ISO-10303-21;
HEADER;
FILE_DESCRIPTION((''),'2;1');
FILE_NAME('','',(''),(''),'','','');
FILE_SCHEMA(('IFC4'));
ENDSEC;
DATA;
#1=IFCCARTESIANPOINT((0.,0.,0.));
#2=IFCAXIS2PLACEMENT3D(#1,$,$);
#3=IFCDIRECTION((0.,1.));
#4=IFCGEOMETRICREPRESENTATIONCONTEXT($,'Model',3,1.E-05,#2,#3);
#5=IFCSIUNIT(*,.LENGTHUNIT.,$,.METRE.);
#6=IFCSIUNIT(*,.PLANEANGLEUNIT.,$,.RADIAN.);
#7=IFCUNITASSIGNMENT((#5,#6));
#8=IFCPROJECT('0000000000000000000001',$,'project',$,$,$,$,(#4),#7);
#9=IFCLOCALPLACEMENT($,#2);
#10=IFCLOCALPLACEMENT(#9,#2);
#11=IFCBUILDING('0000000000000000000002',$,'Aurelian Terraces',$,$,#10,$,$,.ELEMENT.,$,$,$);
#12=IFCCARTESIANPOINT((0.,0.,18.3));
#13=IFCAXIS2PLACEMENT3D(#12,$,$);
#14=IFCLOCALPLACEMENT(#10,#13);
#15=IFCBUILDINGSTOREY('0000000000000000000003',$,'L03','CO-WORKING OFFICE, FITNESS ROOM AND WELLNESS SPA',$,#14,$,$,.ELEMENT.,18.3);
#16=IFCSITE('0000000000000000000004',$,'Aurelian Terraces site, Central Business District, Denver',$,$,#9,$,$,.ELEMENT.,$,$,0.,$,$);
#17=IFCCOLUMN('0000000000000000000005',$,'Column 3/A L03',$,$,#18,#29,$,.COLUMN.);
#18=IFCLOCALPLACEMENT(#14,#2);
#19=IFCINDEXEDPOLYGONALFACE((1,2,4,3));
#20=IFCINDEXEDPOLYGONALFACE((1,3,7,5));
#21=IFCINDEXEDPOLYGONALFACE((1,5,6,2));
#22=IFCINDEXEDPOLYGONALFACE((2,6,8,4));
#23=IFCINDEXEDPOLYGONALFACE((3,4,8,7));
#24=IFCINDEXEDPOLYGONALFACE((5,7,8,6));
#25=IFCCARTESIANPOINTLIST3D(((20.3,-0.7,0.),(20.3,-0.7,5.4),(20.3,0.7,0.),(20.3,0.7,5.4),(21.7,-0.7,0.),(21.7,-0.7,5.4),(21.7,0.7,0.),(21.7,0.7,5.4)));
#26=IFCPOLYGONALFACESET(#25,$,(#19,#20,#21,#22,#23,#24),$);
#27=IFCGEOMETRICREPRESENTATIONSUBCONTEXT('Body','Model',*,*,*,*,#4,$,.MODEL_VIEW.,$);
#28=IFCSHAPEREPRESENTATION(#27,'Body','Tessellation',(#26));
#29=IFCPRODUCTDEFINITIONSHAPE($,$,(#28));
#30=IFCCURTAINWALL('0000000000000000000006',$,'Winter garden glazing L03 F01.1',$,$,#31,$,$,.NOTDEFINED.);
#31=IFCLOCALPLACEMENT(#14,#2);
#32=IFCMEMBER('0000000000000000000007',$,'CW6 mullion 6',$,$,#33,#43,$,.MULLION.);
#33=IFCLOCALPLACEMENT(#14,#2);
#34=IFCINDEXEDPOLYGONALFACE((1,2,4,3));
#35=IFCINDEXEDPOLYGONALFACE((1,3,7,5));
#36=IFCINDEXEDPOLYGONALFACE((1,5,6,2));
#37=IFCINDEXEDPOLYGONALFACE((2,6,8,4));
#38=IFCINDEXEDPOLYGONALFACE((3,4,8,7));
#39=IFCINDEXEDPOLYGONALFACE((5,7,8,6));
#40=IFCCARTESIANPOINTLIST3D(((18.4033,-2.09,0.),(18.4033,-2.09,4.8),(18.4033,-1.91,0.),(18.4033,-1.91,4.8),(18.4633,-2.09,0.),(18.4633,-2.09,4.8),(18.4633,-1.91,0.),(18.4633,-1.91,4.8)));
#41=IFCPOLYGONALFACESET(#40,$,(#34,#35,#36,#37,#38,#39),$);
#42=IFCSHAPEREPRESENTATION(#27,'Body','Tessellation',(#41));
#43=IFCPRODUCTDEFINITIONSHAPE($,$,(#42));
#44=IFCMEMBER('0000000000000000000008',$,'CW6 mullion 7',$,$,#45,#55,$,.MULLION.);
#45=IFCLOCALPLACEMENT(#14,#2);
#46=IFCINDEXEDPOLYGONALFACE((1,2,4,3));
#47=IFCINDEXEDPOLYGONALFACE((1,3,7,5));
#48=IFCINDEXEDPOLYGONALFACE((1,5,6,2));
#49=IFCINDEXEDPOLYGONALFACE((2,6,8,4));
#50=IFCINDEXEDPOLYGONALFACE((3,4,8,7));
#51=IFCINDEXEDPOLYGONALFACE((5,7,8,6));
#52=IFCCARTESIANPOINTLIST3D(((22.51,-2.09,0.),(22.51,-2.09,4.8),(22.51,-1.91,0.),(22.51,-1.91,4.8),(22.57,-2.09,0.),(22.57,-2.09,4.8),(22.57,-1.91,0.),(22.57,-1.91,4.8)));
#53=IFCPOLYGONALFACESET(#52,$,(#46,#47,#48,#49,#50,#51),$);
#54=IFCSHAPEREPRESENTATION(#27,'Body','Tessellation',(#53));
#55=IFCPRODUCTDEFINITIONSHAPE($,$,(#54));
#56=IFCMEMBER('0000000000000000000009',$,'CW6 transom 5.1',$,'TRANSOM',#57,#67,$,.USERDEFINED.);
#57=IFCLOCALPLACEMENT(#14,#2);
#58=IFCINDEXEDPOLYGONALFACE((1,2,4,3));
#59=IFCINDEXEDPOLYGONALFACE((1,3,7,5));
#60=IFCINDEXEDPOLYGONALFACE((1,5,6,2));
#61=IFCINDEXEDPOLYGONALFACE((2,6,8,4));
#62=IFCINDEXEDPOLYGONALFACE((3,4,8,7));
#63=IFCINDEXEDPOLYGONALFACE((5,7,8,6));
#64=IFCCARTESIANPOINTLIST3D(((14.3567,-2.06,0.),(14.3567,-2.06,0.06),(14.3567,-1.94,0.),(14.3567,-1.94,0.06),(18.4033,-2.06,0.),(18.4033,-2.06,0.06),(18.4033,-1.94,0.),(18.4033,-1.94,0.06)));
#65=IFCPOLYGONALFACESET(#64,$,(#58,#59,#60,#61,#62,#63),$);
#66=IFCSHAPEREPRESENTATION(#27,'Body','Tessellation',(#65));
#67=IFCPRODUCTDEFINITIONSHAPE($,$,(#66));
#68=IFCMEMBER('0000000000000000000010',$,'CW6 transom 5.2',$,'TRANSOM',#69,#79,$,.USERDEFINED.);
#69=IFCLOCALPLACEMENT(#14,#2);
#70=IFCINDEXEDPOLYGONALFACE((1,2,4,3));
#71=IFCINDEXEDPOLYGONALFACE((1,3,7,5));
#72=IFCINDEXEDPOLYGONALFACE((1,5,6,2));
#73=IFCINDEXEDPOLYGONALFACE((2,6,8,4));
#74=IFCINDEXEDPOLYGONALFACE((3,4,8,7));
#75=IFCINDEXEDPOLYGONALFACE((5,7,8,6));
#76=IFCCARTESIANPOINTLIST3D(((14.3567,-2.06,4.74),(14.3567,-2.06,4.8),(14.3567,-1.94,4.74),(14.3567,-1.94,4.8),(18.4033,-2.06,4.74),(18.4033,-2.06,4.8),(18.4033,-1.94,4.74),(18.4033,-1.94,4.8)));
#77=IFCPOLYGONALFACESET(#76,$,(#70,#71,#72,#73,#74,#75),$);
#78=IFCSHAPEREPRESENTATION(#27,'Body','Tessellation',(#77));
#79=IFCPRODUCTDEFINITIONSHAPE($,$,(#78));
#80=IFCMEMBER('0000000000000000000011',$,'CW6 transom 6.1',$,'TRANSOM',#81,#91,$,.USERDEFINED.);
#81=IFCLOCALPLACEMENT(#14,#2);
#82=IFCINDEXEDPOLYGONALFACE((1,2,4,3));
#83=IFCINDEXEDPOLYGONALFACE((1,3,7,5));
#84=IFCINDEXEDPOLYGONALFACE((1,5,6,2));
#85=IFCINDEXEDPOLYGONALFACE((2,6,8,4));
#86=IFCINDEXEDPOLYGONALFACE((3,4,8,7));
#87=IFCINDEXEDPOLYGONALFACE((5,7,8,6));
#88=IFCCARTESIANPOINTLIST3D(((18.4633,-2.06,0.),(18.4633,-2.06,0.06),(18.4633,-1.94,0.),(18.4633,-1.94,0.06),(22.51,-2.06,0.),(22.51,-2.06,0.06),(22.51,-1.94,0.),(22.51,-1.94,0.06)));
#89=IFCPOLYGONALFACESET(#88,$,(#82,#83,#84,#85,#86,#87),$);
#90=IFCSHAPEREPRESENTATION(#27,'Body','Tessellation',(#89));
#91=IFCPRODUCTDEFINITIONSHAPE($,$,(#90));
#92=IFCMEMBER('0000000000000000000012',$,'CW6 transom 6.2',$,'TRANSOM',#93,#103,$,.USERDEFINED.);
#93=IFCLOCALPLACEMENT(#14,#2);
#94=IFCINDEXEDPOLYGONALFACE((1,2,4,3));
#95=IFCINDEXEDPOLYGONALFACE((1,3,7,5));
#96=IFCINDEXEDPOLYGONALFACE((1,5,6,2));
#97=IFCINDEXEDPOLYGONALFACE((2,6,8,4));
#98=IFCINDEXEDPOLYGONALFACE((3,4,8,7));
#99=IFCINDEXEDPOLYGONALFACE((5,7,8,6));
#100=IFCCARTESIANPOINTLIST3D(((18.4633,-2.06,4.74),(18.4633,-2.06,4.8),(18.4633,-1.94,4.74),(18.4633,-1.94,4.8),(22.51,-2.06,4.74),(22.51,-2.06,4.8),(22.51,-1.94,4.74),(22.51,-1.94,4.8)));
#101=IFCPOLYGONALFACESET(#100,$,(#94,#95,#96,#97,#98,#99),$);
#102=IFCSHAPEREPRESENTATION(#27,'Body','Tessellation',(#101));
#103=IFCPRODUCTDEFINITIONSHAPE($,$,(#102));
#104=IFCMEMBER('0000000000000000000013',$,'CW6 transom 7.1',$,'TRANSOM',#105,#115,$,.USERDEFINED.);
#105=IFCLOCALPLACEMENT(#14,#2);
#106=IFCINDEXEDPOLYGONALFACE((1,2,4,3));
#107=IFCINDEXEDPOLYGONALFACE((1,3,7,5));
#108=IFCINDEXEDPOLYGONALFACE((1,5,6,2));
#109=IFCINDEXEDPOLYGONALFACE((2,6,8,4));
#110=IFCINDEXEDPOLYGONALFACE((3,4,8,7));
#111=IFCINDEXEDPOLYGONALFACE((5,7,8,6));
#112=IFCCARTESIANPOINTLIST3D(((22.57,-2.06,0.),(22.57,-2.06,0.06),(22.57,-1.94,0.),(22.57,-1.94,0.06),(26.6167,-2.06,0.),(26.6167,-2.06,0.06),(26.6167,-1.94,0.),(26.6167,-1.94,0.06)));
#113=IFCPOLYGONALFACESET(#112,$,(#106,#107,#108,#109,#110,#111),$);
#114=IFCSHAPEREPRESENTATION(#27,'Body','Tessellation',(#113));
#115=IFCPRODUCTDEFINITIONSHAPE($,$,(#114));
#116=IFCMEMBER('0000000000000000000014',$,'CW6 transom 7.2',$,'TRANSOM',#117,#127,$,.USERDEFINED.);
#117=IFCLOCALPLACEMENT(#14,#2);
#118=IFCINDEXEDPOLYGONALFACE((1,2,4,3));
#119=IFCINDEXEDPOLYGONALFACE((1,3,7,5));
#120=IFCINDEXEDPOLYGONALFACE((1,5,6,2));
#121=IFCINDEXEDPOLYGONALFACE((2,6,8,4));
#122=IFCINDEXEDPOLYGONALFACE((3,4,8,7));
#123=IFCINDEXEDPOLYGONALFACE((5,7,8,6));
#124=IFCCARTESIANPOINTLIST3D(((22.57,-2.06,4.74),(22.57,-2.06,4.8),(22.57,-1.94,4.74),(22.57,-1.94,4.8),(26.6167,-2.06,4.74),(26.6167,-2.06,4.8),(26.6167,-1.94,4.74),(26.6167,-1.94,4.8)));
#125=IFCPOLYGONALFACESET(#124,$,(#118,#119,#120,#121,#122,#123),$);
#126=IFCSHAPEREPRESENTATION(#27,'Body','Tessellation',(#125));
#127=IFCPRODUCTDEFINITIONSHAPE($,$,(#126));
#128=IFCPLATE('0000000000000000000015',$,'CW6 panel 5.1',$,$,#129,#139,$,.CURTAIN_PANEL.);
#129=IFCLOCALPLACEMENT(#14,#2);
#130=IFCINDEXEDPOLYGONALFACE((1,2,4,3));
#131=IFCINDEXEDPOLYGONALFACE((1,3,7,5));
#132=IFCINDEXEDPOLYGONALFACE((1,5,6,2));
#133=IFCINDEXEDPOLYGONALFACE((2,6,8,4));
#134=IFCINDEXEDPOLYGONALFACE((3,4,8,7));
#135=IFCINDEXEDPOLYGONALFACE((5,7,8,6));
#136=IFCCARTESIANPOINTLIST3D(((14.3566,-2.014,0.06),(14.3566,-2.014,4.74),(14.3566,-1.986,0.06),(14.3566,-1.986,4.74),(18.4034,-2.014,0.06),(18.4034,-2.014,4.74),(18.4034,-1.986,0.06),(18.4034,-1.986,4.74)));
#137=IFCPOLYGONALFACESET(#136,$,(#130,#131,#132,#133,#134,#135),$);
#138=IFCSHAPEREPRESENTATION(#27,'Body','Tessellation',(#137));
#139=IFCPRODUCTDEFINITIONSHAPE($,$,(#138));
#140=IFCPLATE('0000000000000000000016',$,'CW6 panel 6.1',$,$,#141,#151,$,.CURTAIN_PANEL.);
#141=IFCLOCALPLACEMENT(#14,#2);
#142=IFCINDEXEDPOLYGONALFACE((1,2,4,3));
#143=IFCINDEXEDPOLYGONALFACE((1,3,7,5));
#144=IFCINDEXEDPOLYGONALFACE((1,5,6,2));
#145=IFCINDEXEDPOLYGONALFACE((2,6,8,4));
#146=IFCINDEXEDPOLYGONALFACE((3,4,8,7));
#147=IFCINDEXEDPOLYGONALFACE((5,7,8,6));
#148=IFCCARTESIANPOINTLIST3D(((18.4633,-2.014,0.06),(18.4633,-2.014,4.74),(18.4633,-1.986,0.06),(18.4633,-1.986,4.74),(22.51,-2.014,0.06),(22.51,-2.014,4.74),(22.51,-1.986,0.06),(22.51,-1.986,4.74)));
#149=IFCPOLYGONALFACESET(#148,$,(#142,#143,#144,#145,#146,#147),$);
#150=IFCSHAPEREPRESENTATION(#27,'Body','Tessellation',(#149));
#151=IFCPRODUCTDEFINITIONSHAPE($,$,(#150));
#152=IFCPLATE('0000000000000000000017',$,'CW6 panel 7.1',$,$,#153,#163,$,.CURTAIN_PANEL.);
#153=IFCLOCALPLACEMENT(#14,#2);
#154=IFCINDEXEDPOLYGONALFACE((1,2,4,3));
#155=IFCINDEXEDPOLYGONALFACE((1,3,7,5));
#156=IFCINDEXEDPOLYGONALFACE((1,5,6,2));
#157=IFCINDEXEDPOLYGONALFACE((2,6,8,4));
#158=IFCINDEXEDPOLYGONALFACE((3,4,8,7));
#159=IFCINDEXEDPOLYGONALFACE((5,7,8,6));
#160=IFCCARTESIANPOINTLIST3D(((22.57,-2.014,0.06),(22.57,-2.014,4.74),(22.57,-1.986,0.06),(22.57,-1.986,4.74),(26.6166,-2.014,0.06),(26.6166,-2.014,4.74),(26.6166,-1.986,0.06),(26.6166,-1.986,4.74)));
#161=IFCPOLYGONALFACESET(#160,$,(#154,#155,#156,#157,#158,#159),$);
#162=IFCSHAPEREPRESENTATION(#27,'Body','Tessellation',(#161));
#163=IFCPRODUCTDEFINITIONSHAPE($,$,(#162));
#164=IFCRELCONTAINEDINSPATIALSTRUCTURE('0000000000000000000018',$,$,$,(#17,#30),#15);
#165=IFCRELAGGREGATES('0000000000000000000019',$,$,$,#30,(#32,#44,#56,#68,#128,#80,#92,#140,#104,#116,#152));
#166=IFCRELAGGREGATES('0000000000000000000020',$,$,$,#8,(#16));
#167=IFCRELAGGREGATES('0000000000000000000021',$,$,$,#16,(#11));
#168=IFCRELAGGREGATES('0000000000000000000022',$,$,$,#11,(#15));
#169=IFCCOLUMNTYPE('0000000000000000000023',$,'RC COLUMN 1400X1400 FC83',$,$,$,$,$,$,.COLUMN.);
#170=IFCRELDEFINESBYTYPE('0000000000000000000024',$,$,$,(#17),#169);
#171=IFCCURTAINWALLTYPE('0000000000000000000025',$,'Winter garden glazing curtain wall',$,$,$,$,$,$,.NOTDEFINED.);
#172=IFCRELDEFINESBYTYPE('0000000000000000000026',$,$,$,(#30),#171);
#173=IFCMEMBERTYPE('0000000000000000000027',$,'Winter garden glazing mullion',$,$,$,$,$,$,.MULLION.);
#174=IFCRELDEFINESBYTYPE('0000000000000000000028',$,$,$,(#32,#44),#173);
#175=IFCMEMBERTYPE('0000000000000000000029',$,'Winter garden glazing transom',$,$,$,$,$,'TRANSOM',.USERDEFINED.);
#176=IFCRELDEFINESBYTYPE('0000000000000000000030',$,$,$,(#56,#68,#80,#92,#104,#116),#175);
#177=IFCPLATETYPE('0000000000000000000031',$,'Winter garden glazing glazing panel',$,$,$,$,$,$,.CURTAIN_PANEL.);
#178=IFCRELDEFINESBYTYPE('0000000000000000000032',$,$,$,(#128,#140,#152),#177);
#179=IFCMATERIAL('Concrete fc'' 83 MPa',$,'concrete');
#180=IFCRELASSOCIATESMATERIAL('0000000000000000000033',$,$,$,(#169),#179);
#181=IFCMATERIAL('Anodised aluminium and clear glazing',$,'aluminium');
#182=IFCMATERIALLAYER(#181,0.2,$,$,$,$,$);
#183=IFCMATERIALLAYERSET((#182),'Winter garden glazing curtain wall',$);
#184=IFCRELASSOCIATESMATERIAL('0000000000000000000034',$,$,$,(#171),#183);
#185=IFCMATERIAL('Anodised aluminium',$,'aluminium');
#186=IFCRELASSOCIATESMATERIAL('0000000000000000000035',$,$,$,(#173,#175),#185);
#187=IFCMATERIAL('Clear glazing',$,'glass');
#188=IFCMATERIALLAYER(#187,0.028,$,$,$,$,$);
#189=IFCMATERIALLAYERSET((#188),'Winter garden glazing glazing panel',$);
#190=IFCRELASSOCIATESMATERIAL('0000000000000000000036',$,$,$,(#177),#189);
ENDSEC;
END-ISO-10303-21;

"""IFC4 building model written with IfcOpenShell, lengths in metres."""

from ifc_helpers import new_model, si_unit, direction, frame, origin, origin_2d, place, context, subcontext, project, spatial, rectangle, extrude, source, transform, mapped, material, layer, layer_set, material_profile, profile_set, type_object, element, aggregate, save


model = new_model("IFC4")

# Units and contexts
model_context = context("Model", 3, precision=1e-05, world=origin(), true_north=direction((0.0, 1.0)))
body_context = subcontext(model_context, "Body", "Model", "MODEL_VIEW")
ifc_project = project(units=[si_unit("LENGTHUNIT", "METRE"), si_unit("PLANEANGLEUNIT", "RADIAN")], contexts=[model_context])

# Site, building, storey
site_placement = place(None, origin())
site = spatial("IfcSite", under=ifc_project, at=site_placement, Name="Aurelian Terraces site, Central Business District, Denver", CompositionType="ELEMENT", RefElevation=0.0)
building_placement = place(site_placement, origin())
building = spatial("IfcBuilding", under=site, at=building_placement, Name="Aurelian Terraces", CompositionType="ELEMENT")
storey_placement = place(building_placement, frame((0.0, 0.0, 18.3)))
storey = spatial("IfcBuildingStorey", under=building, at=storey_placement, Name="L03", Description="CO-WORKING OFFICE, FITNESS ROOM AND WELLNESS SPA", CompositionType="ELEMENT", Elevation=18.3)

# Column
ifc_material_1 = material(Name="Concrete fc' 83 MPa", Category="concrete")
ifc_material_profile_1 = material_profile(ifc_material_1, rectangle(XDim=1.4, YDim=1.4, at=origin_2d()))
ifc_profile_set_1 = profile_set([ifc_material_profile_1], Name="Concrete fc' 83 MPa")
column_type = type_object("IfcColumnType", Name="RC COLUMN 1400X1400 FC83", PredefinedType="COLUMN", material=ifc_profile_set_1)
shared_shape_1 = source(origin(), body_context, "Body", "SweptSolid", [
    extrude(rectangle(XDim=1.4, YDim=1.4, at=origin_2d()), origin(), (0.0, 0.0, 1.0), 5.4),
])
column_placement = place(storey_placement, frame((21.0, 0.0, 0.0), z_axis=(0.0, 0.0, 1.0), x_axis=(1.0, 0.0, 0.0)))
element("IfcColumn", 1, at=column_placement, inside=storey, type_object=column_type, Name="Column 3/A L03", PredefinedType="COLUMN", context=body_context, shape_type="MappedRepresentation", body=[
    mapped(shared_shape_1, transform((0.0, 0.0, 0.0), scale=1.0)),
])

# Curtain wall, members, plates
ifc_material_2 = material(Name="Anodised aluminium and clear glazing", Category="aluminium")
ifc_layer_1 = layer(ifc_material_2, 0.2)
ifc_layer_set_1 = layer_set([ifc_layer_1], Name="Winter garden glazing curtain wall")
curtain_wall_type = type_object("IfcCurtainWallType", Name="Winter garden glazing curtain wall", PredefinedType="NOTDEFINED", material=ifc_layer_set_1)
curtain_wall_placement = place(storey_placement, origin())
curtain_wall = element("IfcCurtainWall", 2, at=curtain_wall_placement, inside=storey, type_object=curtain_wall_type, Name="Winter garden glazing L03 F01.1", PredefinedType="NOTDEFINED")
ifc_material_3 = material(Name="Anodised aluminium", Category="aluminium")
ifc_material_profile_2 = material_profile(ifc_material_3, rectangle(XDim=0.18, YDim=0.06, at=origin_2d()))
ifc_profile_set_2 = profile_set([ifc_material_profile_2], Name="Anodised aluminium")
member_type_1 = type_object("IfcMemberType", Name="Winter garden glazing mullion", PredefinedType="MULLION", material=ifc_profile_set_2)
shared_shape_2 = source(origin(), body_context, "Body", "SweptSolid", [
    extrude(rectangle(XDim=0.18, YDim=0.06, at=origin_2d()), origin(), (0.0, 0.0, 1.0), 4.8),
])
member_1_placement = place(storey_placement, frame((18.4333, -2.0, 0.0), z_axis=(0.0, 0.0, 1.0), x_axis=(0.0, 1.0, 0.0)))
member_1 = element("IfcMember", 3, at=member_1_placement, type_object=member_type_1, Name="CW6 mullion 6", PredefinedType="MULLION", context=body_context, shape_type="MappedRepresentation", body=[
    mapped(shared_shape_2, transform((0.0, 0.0, 0.0), scale=1.0)),
])
member_2_placement = place(storey_placement, frame((22.54, -2.0, 0.0), z_axis=(0.0, 0.0, 1.0), x_axis=(0.0, 1.0, 0.0)))
member_2 = element("IfcMember", 4, at=member_2_placement, type_object=member_type_1, Name="CW6 mullion 7", PredefinedType="MULLION", context=body_context, shape_type="MappedRepresentation", body=[
    mapped(shared_shape_2, transform((0.0, 0.0, 0.0), scale=1.0)),
])
ifc_material_profile_3 = material_profile(ifc_material_3, rectangle(XDim=0.12, YDim=0.06, at=origin_2d()))
ifc_profile_set_3 = profile_set([ifc_material_profile_3], Name="Anodised aluminium")
member_type_2 = type_object("IfcMemberType", Name="Winter garden glazing transom", ElementType="TRANSOM", PredefinedType="USERDEFINED", material=ifc_profile_set_3)
shared_shape_3 = source(origin(), body_context, "Body", "SweptSolid", [
    extrude(rectangle(XDim=0.12, YDim=0.06, at=origin_2d()), origin(), (0.0, 0.0, 1.0), 4.0466),
])
member_3_placement = place(storey_placement, frame((14.3567, -2.0, 0.03), z_axis=(1.0, 0.0, 0.0), x_axis=(0.0, 1.0, 0.0)))
member_3 = element("IfcMember", 5, at=member_3_placement, type_object=member_type_2, Name="CW6 transom 5.1", ObjectType="TRANSOM", PredefinedType="USERDEFINED", context=body_context, shape_type="MappedRepresentation", body=[
    mapped(shared_shape_3, transform((0.0, 0.0, 0.0), scale=1.0)),
])
member_4_placement = place(storey_placement, frame((14.3567, -2.0, 4.77), z_axis=(1.0, 0.0, 0.0), x_axis=(0.0, 1.0, 0.0)))
member_4 = element("IfcMember", 6, at=member_4_placement, type_object=member_type_2, Name="CW6 transom 5.2", ObjectType="TRANSOM", PredefinedType="USERDEFINED", context=body_context, shape_type="MappedRepresentation", body=[
    mapped(shared_shape_3, transform((0.0, 0.0, 0.0), scale=1.0)),
])
shared_shape_4 = source(origin(), body_context, "Body", "SweptSolid", [
    extrude(rectangle(XDim=0.12, YDim=0.06, at=origin_2d()), origin(), (0.0, 0.0, 1.0), 4.0467),
])
member_5_placement = place(storey_placement, frame((18.4633, -2.0, 0.03), z_axis=(1.0, 0.0, 0.0), x_axis=(0.0, 1.0, 0.0)))
member_5 = element("IfcMember", 7, at=member_5_placement, type_object=member_type_2, Name="CW6 transom 6.1", ObjectType="TRANSOM", PredefinedType="USERDEFINED", context=body_context, shape_type="MappedRepresentation", body=[
    mapped(shared_shape_4, transform((0.0, 0.0, 0.0), scale=1.0)),
])
member_6_placement = place(storey_placement, frame((18.4633, -2.0, 4.77), z_axis=(1.0, 0.0, 0.0), x_axis=(0.0, 1.0, 0.0)))
member_6 = element("IfcMember", 8, at=member_6_placement, type_object=member_type_2, Name="CW6 transom 6.2", ObjectType="TRANSOM", PredefinedType="USERDEFINED", context=body_context, shape_type="MappedRepresentation", body=[
    mapped(shared_shape_4, transform((0.0, 0.0, 0.0), scale=1.0)),
])
member_7_placement = place(storey_placement, frame((22.57, -2.0, 0.03), z_axis=(1.0, 0.0, 0.0), x_axis=(0.0, 1.0, 0.0)))
member_7 = element("IfcMember", 9, at=member_7_placement, type_object=member_type_2, Name="CW6 transom 7.1", ObjectType="TRANSOM", PredefinedType="USERDEFINED", context=body_context, shape_type="MappedRepresentation", body=[
    mapped(shared_shape_4, transform((0.0, 0.0, 0.0), scale=1.0)),
])
member_8_placement = place(storey_placement, frame((22.57, -2.0, 4.77), z_axis=(1.0, 0.0, 0.0), x_axis=(0.0, 1.0, 0.0)))
member_8 = element("IfcMember", 10, at=member_8_placement, type_object=member_type_2, Name="CW6 transom 7.2", ObjectType="TRANSOM", PredefinedType="USERDEFINED", context=body_context, shape_type="MappedRepresentation", body=[
    mapped(shared_shape_4, transform((0.0, 0.0, 0.0), scale=1.0)),
])
ifc_material_4 = material(Name="Clear glazing", Category="glass")
ifc_layer_2 = layer(ifc_material_4, 0.028)
ifc_layer_set_2 = layer_set([ifc_layer_2], Name="Winter garden glazing glazing panel")
plate_type = type_object("IfcPlateType", Name="Winter garden glazing glazing panel", PredefinedType="CURTAIN_PANEL", material=ifc_layer_set_2)
shared_shape_5 = source(origin(), body_context, "Body", "SweptSolid", [
    extrude(rectangle(XDim=4.0467, YDim=0.028, at=origin_2d()), origin(), (0.0, 0.0, 1.0), 4.68),
])
plate_1_placement = place(storey_placement, frame((16.38, -2.0, 0.06), z_axis=(0.0, 0.0, 1.0), x_axis=(1.0, 0.0, 0.0)))
plate_1 = element("IfcPlate", 11, at=plate_1_placement, type_object=plate_type, Name="CW6 panel 5.1", PredefinedType="CURTAIN_PANEL", context=body_context, shape_type="MappedRepresentation", body=[
    mapped(shared_shape_5, transform((0.0, 0.0, 0.0), scale=1.0)),
])
plate_2_placement = place(storey_placement, frame((20.4867, -2.0, 0.06), z_axis=(0.0, 0.0, 1.0), x_axis=(1.0, 0.0, 0.0)))
plate_2 = element("IfcPlate", 12, at=plate_2_placement, type_object=plate_type, Name="CW6 panel 6.1", PredefinedType="CURTAIN_PANEL", context=body_context, shape_type="MappedRepresentation", body=[
    mapped(shared_shape_5, transform((0.0, 0.0, 0.0), scale=1.0)),
])
plate_3_placement = place(storey_placement, frame((24.5933, -2.0, 0.06), z_axis=(0.0, 0.0, 1.0), x_axis=(1.0, 0.0, 0.0)))
plate_3 = element("IfcPlate", 13, at=plate_3_placement, type_object=plate_type, Name="CW6 panel 7.1", PredefinedType="CURTAIN_PANEL", context=body_context, shape_type="MappedRepresentation", body=[
    mapped(shared_shape_5, transform((0.0, 0.0, 0.0), scale=1.0)),
])
aggregate(curtain_wall, [member_1, member_2, member_3, member_4, plate_1, member_5, member_6, plate_2, member_7, member_8, plate_3])

save(model, "model.ifc")
